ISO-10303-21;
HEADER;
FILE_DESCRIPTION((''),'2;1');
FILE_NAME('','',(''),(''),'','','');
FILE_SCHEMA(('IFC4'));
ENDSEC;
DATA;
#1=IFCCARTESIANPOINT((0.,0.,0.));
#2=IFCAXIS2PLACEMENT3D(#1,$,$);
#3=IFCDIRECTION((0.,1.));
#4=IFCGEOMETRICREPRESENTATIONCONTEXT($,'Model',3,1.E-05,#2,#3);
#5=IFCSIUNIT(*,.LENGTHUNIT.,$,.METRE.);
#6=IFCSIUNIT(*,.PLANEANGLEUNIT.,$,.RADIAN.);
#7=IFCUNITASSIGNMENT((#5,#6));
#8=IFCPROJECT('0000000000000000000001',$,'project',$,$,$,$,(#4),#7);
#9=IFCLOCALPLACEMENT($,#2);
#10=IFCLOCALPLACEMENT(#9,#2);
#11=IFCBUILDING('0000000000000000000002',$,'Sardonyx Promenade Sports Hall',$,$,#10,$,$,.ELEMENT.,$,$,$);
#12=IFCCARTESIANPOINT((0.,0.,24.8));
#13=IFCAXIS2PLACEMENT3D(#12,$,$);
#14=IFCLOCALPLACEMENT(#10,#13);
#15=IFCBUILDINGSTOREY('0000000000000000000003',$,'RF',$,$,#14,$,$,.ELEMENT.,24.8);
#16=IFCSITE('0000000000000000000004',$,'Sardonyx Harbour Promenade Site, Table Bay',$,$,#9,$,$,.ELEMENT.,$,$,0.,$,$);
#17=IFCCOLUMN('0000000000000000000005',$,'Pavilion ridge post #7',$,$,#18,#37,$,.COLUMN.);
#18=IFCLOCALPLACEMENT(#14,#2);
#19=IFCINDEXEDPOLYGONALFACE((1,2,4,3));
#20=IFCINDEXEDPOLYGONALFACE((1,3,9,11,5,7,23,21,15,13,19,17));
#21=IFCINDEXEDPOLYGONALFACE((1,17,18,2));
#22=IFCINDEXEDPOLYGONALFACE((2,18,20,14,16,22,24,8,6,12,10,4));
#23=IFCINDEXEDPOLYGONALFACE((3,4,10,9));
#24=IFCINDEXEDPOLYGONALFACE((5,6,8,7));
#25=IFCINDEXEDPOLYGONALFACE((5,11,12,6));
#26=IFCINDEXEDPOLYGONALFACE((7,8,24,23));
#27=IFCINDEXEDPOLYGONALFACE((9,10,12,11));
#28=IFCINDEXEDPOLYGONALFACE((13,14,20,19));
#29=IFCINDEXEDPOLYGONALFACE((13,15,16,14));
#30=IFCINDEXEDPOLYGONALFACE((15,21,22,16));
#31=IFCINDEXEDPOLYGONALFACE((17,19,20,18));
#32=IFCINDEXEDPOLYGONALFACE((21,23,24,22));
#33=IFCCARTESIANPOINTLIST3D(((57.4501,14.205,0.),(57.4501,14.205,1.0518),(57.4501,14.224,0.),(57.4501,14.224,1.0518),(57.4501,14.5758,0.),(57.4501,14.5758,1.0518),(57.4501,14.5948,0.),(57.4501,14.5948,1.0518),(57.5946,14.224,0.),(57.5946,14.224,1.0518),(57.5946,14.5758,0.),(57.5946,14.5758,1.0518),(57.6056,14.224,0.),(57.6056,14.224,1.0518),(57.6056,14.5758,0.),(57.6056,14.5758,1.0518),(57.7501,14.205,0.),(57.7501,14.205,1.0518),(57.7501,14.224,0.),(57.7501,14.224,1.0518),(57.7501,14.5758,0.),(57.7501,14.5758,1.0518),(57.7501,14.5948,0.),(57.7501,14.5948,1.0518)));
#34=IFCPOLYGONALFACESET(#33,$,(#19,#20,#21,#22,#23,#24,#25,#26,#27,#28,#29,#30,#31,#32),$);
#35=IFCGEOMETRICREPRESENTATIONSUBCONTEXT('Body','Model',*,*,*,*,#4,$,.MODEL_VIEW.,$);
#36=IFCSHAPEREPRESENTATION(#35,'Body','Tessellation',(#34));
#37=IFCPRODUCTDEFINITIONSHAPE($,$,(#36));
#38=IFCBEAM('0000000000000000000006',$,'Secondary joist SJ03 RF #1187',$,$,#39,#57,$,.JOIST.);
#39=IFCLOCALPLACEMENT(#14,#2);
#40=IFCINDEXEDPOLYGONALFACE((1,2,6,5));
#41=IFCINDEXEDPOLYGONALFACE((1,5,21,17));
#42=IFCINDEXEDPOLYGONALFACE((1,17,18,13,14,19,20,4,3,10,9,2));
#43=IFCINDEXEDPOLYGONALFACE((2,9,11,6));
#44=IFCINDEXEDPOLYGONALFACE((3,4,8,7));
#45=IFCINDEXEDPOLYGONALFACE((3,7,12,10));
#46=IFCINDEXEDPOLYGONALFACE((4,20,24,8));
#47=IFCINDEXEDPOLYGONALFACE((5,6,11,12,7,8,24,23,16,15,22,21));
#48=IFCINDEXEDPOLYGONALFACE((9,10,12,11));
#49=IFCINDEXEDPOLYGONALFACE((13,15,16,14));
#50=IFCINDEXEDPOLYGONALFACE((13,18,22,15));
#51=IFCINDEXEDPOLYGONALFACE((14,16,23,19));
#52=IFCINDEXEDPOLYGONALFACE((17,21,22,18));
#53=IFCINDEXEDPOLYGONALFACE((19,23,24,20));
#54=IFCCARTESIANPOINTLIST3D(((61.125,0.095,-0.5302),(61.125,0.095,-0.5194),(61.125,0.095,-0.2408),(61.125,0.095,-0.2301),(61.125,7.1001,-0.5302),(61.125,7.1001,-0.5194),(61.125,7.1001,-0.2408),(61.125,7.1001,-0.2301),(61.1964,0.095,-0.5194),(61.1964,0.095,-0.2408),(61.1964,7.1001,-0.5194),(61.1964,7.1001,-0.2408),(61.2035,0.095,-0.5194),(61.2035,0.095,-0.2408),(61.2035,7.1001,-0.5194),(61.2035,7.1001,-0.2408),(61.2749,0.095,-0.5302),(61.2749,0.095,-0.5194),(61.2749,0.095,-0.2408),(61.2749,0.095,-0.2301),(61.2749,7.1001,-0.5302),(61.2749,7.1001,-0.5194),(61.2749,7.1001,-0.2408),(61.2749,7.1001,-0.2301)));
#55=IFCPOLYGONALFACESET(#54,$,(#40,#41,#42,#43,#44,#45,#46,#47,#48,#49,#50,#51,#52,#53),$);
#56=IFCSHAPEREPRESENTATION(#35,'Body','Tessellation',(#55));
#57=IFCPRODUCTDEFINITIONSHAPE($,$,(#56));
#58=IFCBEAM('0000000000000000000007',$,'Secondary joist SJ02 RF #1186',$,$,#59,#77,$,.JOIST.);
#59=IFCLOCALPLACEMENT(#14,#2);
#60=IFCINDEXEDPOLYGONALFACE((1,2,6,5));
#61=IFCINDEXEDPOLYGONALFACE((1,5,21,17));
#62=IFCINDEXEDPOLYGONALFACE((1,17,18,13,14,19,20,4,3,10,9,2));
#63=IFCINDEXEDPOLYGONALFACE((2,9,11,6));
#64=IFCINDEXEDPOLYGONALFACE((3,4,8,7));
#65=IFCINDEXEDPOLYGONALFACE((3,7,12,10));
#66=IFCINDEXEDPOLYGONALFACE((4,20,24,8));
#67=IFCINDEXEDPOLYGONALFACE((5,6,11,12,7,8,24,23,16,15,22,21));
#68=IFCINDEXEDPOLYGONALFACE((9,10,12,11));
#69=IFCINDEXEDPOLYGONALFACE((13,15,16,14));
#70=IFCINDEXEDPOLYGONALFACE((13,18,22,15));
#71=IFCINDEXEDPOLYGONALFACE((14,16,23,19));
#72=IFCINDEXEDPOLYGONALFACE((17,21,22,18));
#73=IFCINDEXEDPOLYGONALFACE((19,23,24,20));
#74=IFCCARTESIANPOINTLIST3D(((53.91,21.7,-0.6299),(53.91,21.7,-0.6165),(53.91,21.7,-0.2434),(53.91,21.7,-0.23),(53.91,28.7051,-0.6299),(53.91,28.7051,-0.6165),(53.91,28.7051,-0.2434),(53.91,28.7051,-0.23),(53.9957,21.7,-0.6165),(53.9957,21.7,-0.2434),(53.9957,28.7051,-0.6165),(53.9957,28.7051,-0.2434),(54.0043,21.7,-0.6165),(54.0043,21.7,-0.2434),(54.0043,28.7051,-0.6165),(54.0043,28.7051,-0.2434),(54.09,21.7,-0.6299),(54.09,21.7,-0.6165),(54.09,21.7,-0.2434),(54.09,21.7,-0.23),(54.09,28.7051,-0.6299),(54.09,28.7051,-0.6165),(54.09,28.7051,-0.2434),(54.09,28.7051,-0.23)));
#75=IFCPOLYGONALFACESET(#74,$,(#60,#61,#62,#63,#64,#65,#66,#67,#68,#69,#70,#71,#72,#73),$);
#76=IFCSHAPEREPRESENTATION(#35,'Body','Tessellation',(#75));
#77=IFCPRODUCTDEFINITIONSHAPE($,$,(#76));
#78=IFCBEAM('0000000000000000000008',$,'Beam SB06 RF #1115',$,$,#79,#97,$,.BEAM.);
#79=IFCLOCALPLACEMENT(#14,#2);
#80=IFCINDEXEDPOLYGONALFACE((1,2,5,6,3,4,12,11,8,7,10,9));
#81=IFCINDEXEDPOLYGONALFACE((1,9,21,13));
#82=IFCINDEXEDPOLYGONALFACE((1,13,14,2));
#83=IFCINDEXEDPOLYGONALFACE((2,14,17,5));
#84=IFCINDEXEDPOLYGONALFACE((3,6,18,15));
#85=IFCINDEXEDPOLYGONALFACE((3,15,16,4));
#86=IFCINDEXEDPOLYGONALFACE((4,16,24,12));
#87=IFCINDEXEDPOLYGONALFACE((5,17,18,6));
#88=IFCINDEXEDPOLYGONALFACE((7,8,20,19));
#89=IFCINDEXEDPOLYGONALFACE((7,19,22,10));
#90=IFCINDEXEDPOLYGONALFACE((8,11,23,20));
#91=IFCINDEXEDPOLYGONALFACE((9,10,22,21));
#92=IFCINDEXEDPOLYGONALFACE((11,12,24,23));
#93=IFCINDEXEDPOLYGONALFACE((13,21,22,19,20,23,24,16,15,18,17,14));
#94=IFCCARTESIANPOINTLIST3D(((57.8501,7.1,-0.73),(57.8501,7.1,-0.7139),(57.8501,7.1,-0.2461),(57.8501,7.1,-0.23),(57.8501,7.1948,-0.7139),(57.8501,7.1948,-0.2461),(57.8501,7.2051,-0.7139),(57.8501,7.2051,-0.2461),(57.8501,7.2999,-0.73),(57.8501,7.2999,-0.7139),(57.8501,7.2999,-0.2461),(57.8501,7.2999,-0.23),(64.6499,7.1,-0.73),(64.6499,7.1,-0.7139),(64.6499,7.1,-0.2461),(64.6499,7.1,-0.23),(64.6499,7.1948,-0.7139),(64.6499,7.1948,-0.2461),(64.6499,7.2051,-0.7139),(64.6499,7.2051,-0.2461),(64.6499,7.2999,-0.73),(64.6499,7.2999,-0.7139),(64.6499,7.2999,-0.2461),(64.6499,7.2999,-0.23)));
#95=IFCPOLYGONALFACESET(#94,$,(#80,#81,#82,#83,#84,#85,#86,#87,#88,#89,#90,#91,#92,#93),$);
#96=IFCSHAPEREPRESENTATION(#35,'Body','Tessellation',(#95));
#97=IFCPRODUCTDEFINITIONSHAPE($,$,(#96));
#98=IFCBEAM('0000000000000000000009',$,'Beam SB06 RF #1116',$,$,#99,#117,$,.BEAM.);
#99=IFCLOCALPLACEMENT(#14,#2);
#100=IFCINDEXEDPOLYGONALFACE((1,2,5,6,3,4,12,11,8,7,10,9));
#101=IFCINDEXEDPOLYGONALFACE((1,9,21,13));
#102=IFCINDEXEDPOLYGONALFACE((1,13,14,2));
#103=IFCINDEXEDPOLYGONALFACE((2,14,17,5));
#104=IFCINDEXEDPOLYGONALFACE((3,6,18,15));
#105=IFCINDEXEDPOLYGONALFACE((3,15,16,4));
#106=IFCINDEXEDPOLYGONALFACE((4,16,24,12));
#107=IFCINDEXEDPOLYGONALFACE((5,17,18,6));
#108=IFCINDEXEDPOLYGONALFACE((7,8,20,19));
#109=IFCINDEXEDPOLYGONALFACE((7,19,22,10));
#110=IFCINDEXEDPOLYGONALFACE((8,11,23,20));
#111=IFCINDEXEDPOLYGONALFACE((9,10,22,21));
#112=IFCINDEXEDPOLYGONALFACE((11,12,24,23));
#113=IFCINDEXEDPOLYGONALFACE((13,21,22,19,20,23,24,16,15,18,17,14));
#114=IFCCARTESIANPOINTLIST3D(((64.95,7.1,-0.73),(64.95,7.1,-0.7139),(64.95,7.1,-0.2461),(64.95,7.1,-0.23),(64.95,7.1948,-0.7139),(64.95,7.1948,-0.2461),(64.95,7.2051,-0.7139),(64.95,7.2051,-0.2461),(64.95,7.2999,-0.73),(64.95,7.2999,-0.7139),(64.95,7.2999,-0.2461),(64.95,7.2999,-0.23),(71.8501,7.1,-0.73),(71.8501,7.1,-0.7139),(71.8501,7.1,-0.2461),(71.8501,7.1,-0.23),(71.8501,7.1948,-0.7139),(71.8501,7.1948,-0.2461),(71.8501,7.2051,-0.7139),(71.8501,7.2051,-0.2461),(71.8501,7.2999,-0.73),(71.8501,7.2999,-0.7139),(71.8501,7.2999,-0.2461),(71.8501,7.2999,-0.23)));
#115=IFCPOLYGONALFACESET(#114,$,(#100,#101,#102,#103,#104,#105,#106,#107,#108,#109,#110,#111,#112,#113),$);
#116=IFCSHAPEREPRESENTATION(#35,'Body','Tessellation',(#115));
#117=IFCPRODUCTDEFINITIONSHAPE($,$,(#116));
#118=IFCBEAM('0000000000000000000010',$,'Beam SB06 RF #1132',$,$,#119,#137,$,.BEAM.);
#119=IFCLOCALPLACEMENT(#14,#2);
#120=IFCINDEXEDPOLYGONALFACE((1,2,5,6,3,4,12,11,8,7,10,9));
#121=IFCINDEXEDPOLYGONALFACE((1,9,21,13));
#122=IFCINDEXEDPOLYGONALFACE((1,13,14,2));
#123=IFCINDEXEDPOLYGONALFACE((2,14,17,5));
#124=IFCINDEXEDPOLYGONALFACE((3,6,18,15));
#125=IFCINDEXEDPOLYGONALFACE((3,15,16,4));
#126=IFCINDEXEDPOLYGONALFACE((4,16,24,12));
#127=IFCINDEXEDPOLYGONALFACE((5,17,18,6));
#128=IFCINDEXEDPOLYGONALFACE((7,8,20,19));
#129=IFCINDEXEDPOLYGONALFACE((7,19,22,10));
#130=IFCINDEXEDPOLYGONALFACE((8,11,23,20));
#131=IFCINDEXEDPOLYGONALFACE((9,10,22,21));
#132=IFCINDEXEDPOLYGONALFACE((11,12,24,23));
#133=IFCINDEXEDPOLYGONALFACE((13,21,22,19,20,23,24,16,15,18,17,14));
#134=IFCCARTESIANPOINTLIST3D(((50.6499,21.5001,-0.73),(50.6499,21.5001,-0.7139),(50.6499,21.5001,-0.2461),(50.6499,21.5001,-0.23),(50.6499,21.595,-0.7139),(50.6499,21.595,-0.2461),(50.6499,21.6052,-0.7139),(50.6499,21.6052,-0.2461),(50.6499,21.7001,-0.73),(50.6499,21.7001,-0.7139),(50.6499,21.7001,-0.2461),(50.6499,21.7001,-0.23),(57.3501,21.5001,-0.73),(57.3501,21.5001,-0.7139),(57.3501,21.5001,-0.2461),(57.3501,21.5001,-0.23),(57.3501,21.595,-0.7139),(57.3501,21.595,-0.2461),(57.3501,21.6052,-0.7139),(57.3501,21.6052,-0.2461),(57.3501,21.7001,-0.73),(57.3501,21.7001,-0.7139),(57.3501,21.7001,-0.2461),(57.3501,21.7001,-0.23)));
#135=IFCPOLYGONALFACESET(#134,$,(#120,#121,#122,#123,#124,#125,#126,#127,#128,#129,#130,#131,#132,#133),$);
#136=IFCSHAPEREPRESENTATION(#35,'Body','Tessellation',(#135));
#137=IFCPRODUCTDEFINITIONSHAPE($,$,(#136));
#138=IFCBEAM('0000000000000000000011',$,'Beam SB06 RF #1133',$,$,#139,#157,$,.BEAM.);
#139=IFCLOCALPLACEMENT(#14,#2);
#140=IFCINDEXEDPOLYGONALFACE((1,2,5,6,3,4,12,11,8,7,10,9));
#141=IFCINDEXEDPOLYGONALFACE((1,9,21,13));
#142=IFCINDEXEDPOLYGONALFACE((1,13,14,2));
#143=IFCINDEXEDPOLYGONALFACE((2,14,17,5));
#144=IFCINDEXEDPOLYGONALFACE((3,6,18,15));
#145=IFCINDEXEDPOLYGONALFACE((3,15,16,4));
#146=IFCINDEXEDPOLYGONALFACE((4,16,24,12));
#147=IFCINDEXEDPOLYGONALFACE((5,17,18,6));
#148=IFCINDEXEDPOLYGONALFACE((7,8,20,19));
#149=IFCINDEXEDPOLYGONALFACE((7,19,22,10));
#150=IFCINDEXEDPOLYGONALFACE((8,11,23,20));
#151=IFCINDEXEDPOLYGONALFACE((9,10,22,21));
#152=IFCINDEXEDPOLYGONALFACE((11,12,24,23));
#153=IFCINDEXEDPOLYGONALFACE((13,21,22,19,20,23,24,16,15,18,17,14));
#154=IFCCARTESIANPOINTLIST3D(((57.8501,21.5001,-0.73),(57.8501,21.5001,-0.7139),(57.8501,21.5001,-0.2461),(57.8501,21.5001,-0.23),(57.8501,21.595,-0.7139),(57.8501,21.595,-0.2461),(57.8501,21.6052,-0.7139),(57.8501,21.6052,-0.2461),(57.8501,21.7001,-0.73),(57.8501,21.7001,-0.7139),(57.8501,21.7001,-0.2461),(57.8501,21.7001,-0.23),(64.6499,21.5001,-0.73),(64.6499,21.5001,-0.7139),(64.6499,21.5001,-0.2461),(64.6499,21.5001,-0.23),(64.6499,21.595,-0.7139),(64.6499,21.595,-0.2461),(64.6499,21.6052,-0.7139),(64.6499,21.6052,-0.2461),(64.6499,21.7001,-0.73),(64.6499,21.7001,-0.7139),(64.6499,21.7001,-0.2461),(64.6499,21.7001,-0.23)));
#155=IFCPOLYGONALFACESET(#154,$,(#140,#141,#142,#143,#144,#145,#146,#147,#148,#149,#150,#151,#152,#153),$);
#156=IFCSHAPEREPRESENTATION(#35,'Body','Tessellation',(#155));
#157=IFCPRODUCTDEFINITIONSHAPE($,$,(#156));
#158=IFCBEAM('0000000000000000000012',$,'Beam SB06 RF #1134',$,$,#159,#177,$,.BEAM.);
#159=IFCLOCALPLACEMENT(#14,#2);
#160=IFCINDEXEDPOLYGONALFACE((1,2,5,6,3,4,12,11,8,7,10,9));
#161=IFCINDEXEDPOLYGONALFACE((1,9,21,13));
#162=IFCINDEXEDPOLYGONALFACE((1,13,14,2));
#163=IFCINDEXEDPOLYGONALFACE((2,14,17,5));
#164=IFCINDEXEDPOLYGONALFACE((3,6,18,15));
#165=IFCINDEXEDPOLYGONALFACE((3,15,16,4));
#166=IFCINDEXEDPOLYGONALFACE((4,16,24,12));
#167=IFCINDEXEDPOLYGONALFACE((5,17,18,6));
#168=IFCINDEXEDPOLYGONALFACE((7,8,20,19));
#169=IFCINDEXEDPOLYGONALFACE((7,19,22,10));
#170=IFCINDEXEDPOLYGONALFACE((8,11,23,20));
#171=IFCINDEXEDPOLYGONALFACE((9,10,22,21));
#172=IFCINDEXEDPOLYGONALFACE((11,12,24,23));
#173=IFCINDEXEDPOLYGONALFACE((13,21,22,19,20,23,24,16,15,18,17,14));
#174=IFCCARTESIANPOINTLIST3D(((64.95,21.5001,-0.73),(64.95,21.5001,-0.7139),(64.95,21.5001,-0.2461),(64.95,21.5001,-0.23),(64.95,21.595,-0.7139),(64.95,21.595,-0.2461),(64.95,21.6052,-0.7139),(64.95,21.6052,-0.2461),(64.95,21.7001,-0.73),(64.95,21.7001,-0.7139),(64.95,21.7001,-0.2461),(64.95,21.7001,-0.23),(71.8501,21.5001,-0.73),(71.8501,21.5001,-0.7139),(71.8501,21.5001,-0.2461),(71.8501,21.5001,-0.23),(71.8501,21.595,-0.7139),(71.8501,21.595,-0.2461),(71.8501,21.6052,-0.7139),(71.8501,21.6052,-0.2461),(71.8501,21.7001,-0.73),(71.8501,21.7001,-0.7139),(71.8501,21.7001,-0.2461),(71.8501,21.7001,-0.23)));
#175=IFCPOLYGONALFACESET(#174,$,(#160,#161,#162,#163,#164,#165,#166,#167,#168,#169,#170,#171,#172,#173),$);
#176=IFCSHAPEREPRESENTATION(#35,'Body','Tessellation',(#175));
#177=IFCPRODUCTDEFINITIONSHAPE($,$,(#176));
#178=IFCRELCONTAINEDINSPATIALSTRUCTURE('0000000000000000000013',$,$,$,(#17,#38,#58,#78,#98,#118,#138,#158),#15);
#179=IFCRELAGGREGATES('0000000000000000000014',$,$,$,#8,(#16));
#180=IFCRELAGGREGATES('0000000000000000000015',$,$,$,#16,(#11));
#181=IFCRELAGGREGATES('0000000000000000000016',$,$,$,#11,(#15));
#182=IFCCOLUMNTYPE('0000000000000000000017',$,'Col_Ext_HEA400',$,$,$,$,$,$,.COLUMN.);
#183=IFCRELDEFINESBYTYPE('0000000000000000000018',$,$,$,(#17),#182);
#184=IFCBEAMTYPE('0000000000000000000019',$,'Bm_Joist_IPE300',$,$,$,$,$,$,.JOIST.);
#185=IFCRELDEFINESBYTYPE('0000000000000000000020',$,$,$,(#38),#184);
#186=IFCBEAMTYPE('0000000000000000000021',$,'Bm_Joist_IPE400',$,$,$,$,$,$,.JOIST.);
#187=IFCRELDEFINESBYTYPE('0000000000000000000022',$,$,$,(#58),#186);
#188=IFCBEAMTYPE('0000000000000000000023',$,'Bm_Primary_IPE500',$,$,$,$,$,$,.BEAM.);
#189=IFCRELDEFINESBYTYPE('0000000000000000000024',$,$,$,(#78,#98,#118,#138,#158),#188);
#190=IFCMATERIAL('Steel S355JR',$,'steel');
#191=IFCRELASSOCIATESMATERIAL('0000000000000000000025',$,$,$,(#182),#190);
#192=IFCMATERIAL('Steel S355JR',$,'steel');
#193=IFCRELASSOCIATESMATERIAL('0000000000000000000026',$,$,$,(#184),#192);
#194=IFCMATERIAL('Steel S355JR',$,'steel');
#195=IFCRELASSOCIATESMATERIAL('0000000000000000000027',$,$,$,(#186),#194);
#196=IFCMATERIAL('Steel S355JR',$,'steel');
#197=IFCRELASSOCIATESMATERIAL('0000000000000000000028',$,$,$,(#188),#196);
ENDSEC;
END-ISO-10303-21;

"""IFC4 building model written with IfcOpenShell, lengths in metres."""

from ifc_helpers import new_model, si_unit, direction, frame, origin, origin_2d, place, context, subcontext, project, spatial, i_section, extrude, material, material_profile, profile_set, type_object, element, save


model = new_model("IFC4")

# Units and contexts
model_context = context("Model", 3, precision=1e-05, world=origin(), true_north=direction((0.0, 1.0)))
body_context = subcontext(model_context, "Body", "Model", "MODEL_VIEW")
ifc_project = project(units=[si_unit("LENGTHUNIT", "METRE"), si_unit("PLANEANGLEUNIT", "RADIAN")], contexts=[model_context])

# Site, building, storey
site_placement = place(None, origin())
site = spatial("IfcSite", under=ifc_project, at=site_placement, Name="Sardonyx Harbour Promenade Site, Table Bay", CompositionType="ELEMENT", RefElevation=0.0)
building_placement = place(site_placement, origin())
building = spatial("IfcBuilding", under=site, at=building_placement, Name="Sardonyx Promenade Sports Hall", CompositionType="ELEMENT")
storey_placement = place(building_placement, frame((0.0, 0.0, 24.8)))
storey = spatial("IfcBuildingStorey", under=building, at=storey_placement, Name="RF", CompositionType="ELEMENT", Elevation=24.8)

# Column
ifc_material_1 = material(Name="Steel S355JR", Category="steel")
ifc_material_profile_1 = material_profile(ifc_material_1, i_section(OverallWidth=0.3, OverallDepth=0.3899, WebThickness=0.011, FlangeThickness=0.019, at=origin_2d()))
ifc_profile_set_1 = profile_set([ifc_material_profile_1], Name="Steel S355JR")
column_type = type_object("IfcColumnType", Name="Col_Ext_HEA400", PredefinedType="COLUMN", material=ifc_profile_set_1)
column_placement = place(storey_placement, frame((57.6001, 14.3999, 0.0), z_axis=(0.0, 0.0, 1.0), x_axis=(1.0, 0.0, 0.0)))
element("IfcColumn", 1, at=column_placement, inside=storey, type_object=column_type, Name="Pavilion ridge post #7", PredefinedType="COLUMN", context=body_context, shape_type="SweptSolid", body=[
    extrude(i_section(OverallWidth=0.3, OverallDepth=0.3899, WebThickness=0.011, FlangeThickness=0.019, at=origin_2d()), origin(), (0.0, 0.0, 1.0), 1.0518),
])

# Beams
ifc_material_2 = material(Name="Steel S355JR", Category="steel")
ifc_material_profile_2 = material_profile(ifc_material_2, i_section(OverallWidth=0.1499, OverallDepth=0.3, WebThickness=0.0071, FlangeThickness=0.0107, at=origin_2d()))
ifc_profile_set_2 = profile_set([ifc_material_profile_2], Name="Steel S355JR")
beam_type_1 = type_object("IfcBeamType", Name="Bm_Joist_IPE300", PredefinedType="JOIST", material=ifc_profile_set_2)
beam_1_placement = place(storey_placement, frame((61.2, 0.095, -0.3801), z_axis=(0.0, 1.0, 0.0), x_axis=(-1.0, 0.0, 0.0)))
element("IfcBeam", 2, at=beam_1_placement, inside=storey, type_object=beam_type_1, Name="Secondary joist SJ03 RF #1187", PredefinedType="JOIST", context=body_context, shape_type="SweptSolid", body=[
    extrude(i_section(OverallWidth=0.1499, OverallDepth=0.3, WebThickness=0.0071, FlangeThickness=0.0107, at=origin_2d()), origin(), (0.0, 0.0, 1.0), 7.0051),
])
ifc_material_3 = material(Name="Steel S355JR", Category="steel")
ifc_material_profile_3 = material_profile(ifc_material_3, i_section(OverallWidth=0.1799, OverallDepth=0.3999, WebThickness=0.0085, FlangeThickness=0.0134, at=origin_2d()))
ifc_profile_set_3 = profile_set([ifc_material_profile_3], Name="Steel S355JR")
beam_type_2 = type_object("IfcBeamType", Name="Bm_Joist_IPE400", PredefinedType="JOIST", material=ifc_profile_set_3)
beam_2_placement = place(storey_placement, frame((54.0, 21.7, -0.4299), z_axis=(0.0, 1.0, 0.0), x_axis=(-1.0, 0.0, 0.0)))
element("IfcBeam", 3, at=beam_2_placement, inside=storey, type_object=beam_type_2, Name="Secondary joist SJ02 RF #1186", PredefinedType="JOIST", context=body_context, shape_type="SweptSolid", body=[
    extrude(i_section(OverallWidth=0.1799, OverallDepth=0.3999, WebThickness=0.0085, FlangeThickness=0.0134, at=origin_2d()), origin(), (0.0, 0.0, 1.0), 7.0051),
])
ifc_material_4 = material(Name="Steel S355JR", Category="steel")
ifc_material_profile_4 = material_profile(ifc_material_4, i_section(OverallWidth=0.2, OverallDepth=0.5, WebThickness=0.0103, FlangeThickness=0.0161, at=origin_2d()))
ifc_profile_set_4 = profile_set([ifc_material_profile_4], Name="Steel S355JR")
beam_type_3 = type_object("IfcBeamType", Name="Bm_Primary_IPE500", PredefinedType="BEAM", material=ifc_profile_set_4)
beam_3_placement = place(storey_placement, frame((57.8501, 7.2, -0.48), z_axis=(1.0, 0.0, 0.0), x_axis=(0.0, 1.0, 0.0)))
element("IfcBeam", 4, at=beam_3_placement, inside=storey, type_object=beam_type_3, Name="Beam SB06 RF #1115", PredefinedType="BEAM", context=body_context, shape_type="SweptSolid", body=[
    extrude(i_section(OverallWidth=0.2, OverallDepth=0.5, WebThickness=0.0103, FlangeThickness=0.0161, at=origin_2d()), origin(), (0.0, 0.0, 1.0), 6.7998),
])
beam_4_placement = place(storey_placement, frame((64.95, 7.2, -0.48), z_axis=(1.0, 0.0, 0.0), x_axis=(0.0, 1.0, 0.0)))
element("IfcBeam", 5, at=beam_4_placement, inside=storey, type_object=beam_type_3, Name="Beam SB06 RF #1116", PredefinedType="BEAM", context=body_context, shape_type="SweptSolid", body=[
    extrude(i_section(OverallWidth=0.2, OverallDepth=0.5, WebThickness=0.0103, FlangeThickness=0.0161, at=origin_2d()), origin(), (0.0, 0.0, 1.0), 6.9001),
])
beam_5_placement = place(storey_placement, frame((50.6499, 21.6001, -0.48), z_axis=(1.0, 0.0, 0.0), x_axis=(0.0, 1.0, 0.0)))
element("IfcBeam", 6, at=beam_5_placement, inside=storey, type_object=beam_type_3, Name="Beam SB06 RF #1132", PredefinedType="BEAM", context=body_context, shape_type="SweptSolid", body=[
    extrude(i_section(OverallWidth=0.2, OverallDepth=0.5, WebThickness=0.0103, FlangeThickness=0.0161, at=origin_2d()), origin(), (0.0, 0.0, 1.0), 6.7002),
])
beam_6_placement = place(storey_placement, frame((57.8501, 21.6001, -0.48), z_axis=(1.0, 0.0, 0.0), x_axis=(0.0, 1.0, 0.0)))
element("IfcBeam", 7, at=beam_6_placement, inside=storey, type_object=beam_type_3, Name="Beam SB06 RF #1133", PredefinedType="BEAM", context=body_context, shape_type="SweptSolid", body=[
    extrude(i_section(OverallWidth=0.2, OverallDepth=0.5, WebThickness=0.0103, FlangeThickness=0.0161, at=origin_2d()), origin(), (0.0, 0.0, 1.0), 6.7998),
])
beam_7_placement = place(storey_placement, frame((64.95, 21.6001, -0.48), z_axis=(1.0, 0.0, 0.0), x_axis=(0.0, 1.0, 0.0)))
element("IfcBeam", 8, at=beam_7_placement, inside=storey, type_object=beam_type_3, Name="Beam SB06 RF #1134", PredefinedType="BEAM", context=body_context, shape_type="SweptSolid", body=[
    extrude(i_section(OverallWidth=0.2, OverallDepth=0.5, WebThickness=0.0103, FlangeThickness=0.0161, at=origin_2d()), origin(), (0.0, 0.0, 1.0), 6.9001),
])

save(model, "model.ifc")
